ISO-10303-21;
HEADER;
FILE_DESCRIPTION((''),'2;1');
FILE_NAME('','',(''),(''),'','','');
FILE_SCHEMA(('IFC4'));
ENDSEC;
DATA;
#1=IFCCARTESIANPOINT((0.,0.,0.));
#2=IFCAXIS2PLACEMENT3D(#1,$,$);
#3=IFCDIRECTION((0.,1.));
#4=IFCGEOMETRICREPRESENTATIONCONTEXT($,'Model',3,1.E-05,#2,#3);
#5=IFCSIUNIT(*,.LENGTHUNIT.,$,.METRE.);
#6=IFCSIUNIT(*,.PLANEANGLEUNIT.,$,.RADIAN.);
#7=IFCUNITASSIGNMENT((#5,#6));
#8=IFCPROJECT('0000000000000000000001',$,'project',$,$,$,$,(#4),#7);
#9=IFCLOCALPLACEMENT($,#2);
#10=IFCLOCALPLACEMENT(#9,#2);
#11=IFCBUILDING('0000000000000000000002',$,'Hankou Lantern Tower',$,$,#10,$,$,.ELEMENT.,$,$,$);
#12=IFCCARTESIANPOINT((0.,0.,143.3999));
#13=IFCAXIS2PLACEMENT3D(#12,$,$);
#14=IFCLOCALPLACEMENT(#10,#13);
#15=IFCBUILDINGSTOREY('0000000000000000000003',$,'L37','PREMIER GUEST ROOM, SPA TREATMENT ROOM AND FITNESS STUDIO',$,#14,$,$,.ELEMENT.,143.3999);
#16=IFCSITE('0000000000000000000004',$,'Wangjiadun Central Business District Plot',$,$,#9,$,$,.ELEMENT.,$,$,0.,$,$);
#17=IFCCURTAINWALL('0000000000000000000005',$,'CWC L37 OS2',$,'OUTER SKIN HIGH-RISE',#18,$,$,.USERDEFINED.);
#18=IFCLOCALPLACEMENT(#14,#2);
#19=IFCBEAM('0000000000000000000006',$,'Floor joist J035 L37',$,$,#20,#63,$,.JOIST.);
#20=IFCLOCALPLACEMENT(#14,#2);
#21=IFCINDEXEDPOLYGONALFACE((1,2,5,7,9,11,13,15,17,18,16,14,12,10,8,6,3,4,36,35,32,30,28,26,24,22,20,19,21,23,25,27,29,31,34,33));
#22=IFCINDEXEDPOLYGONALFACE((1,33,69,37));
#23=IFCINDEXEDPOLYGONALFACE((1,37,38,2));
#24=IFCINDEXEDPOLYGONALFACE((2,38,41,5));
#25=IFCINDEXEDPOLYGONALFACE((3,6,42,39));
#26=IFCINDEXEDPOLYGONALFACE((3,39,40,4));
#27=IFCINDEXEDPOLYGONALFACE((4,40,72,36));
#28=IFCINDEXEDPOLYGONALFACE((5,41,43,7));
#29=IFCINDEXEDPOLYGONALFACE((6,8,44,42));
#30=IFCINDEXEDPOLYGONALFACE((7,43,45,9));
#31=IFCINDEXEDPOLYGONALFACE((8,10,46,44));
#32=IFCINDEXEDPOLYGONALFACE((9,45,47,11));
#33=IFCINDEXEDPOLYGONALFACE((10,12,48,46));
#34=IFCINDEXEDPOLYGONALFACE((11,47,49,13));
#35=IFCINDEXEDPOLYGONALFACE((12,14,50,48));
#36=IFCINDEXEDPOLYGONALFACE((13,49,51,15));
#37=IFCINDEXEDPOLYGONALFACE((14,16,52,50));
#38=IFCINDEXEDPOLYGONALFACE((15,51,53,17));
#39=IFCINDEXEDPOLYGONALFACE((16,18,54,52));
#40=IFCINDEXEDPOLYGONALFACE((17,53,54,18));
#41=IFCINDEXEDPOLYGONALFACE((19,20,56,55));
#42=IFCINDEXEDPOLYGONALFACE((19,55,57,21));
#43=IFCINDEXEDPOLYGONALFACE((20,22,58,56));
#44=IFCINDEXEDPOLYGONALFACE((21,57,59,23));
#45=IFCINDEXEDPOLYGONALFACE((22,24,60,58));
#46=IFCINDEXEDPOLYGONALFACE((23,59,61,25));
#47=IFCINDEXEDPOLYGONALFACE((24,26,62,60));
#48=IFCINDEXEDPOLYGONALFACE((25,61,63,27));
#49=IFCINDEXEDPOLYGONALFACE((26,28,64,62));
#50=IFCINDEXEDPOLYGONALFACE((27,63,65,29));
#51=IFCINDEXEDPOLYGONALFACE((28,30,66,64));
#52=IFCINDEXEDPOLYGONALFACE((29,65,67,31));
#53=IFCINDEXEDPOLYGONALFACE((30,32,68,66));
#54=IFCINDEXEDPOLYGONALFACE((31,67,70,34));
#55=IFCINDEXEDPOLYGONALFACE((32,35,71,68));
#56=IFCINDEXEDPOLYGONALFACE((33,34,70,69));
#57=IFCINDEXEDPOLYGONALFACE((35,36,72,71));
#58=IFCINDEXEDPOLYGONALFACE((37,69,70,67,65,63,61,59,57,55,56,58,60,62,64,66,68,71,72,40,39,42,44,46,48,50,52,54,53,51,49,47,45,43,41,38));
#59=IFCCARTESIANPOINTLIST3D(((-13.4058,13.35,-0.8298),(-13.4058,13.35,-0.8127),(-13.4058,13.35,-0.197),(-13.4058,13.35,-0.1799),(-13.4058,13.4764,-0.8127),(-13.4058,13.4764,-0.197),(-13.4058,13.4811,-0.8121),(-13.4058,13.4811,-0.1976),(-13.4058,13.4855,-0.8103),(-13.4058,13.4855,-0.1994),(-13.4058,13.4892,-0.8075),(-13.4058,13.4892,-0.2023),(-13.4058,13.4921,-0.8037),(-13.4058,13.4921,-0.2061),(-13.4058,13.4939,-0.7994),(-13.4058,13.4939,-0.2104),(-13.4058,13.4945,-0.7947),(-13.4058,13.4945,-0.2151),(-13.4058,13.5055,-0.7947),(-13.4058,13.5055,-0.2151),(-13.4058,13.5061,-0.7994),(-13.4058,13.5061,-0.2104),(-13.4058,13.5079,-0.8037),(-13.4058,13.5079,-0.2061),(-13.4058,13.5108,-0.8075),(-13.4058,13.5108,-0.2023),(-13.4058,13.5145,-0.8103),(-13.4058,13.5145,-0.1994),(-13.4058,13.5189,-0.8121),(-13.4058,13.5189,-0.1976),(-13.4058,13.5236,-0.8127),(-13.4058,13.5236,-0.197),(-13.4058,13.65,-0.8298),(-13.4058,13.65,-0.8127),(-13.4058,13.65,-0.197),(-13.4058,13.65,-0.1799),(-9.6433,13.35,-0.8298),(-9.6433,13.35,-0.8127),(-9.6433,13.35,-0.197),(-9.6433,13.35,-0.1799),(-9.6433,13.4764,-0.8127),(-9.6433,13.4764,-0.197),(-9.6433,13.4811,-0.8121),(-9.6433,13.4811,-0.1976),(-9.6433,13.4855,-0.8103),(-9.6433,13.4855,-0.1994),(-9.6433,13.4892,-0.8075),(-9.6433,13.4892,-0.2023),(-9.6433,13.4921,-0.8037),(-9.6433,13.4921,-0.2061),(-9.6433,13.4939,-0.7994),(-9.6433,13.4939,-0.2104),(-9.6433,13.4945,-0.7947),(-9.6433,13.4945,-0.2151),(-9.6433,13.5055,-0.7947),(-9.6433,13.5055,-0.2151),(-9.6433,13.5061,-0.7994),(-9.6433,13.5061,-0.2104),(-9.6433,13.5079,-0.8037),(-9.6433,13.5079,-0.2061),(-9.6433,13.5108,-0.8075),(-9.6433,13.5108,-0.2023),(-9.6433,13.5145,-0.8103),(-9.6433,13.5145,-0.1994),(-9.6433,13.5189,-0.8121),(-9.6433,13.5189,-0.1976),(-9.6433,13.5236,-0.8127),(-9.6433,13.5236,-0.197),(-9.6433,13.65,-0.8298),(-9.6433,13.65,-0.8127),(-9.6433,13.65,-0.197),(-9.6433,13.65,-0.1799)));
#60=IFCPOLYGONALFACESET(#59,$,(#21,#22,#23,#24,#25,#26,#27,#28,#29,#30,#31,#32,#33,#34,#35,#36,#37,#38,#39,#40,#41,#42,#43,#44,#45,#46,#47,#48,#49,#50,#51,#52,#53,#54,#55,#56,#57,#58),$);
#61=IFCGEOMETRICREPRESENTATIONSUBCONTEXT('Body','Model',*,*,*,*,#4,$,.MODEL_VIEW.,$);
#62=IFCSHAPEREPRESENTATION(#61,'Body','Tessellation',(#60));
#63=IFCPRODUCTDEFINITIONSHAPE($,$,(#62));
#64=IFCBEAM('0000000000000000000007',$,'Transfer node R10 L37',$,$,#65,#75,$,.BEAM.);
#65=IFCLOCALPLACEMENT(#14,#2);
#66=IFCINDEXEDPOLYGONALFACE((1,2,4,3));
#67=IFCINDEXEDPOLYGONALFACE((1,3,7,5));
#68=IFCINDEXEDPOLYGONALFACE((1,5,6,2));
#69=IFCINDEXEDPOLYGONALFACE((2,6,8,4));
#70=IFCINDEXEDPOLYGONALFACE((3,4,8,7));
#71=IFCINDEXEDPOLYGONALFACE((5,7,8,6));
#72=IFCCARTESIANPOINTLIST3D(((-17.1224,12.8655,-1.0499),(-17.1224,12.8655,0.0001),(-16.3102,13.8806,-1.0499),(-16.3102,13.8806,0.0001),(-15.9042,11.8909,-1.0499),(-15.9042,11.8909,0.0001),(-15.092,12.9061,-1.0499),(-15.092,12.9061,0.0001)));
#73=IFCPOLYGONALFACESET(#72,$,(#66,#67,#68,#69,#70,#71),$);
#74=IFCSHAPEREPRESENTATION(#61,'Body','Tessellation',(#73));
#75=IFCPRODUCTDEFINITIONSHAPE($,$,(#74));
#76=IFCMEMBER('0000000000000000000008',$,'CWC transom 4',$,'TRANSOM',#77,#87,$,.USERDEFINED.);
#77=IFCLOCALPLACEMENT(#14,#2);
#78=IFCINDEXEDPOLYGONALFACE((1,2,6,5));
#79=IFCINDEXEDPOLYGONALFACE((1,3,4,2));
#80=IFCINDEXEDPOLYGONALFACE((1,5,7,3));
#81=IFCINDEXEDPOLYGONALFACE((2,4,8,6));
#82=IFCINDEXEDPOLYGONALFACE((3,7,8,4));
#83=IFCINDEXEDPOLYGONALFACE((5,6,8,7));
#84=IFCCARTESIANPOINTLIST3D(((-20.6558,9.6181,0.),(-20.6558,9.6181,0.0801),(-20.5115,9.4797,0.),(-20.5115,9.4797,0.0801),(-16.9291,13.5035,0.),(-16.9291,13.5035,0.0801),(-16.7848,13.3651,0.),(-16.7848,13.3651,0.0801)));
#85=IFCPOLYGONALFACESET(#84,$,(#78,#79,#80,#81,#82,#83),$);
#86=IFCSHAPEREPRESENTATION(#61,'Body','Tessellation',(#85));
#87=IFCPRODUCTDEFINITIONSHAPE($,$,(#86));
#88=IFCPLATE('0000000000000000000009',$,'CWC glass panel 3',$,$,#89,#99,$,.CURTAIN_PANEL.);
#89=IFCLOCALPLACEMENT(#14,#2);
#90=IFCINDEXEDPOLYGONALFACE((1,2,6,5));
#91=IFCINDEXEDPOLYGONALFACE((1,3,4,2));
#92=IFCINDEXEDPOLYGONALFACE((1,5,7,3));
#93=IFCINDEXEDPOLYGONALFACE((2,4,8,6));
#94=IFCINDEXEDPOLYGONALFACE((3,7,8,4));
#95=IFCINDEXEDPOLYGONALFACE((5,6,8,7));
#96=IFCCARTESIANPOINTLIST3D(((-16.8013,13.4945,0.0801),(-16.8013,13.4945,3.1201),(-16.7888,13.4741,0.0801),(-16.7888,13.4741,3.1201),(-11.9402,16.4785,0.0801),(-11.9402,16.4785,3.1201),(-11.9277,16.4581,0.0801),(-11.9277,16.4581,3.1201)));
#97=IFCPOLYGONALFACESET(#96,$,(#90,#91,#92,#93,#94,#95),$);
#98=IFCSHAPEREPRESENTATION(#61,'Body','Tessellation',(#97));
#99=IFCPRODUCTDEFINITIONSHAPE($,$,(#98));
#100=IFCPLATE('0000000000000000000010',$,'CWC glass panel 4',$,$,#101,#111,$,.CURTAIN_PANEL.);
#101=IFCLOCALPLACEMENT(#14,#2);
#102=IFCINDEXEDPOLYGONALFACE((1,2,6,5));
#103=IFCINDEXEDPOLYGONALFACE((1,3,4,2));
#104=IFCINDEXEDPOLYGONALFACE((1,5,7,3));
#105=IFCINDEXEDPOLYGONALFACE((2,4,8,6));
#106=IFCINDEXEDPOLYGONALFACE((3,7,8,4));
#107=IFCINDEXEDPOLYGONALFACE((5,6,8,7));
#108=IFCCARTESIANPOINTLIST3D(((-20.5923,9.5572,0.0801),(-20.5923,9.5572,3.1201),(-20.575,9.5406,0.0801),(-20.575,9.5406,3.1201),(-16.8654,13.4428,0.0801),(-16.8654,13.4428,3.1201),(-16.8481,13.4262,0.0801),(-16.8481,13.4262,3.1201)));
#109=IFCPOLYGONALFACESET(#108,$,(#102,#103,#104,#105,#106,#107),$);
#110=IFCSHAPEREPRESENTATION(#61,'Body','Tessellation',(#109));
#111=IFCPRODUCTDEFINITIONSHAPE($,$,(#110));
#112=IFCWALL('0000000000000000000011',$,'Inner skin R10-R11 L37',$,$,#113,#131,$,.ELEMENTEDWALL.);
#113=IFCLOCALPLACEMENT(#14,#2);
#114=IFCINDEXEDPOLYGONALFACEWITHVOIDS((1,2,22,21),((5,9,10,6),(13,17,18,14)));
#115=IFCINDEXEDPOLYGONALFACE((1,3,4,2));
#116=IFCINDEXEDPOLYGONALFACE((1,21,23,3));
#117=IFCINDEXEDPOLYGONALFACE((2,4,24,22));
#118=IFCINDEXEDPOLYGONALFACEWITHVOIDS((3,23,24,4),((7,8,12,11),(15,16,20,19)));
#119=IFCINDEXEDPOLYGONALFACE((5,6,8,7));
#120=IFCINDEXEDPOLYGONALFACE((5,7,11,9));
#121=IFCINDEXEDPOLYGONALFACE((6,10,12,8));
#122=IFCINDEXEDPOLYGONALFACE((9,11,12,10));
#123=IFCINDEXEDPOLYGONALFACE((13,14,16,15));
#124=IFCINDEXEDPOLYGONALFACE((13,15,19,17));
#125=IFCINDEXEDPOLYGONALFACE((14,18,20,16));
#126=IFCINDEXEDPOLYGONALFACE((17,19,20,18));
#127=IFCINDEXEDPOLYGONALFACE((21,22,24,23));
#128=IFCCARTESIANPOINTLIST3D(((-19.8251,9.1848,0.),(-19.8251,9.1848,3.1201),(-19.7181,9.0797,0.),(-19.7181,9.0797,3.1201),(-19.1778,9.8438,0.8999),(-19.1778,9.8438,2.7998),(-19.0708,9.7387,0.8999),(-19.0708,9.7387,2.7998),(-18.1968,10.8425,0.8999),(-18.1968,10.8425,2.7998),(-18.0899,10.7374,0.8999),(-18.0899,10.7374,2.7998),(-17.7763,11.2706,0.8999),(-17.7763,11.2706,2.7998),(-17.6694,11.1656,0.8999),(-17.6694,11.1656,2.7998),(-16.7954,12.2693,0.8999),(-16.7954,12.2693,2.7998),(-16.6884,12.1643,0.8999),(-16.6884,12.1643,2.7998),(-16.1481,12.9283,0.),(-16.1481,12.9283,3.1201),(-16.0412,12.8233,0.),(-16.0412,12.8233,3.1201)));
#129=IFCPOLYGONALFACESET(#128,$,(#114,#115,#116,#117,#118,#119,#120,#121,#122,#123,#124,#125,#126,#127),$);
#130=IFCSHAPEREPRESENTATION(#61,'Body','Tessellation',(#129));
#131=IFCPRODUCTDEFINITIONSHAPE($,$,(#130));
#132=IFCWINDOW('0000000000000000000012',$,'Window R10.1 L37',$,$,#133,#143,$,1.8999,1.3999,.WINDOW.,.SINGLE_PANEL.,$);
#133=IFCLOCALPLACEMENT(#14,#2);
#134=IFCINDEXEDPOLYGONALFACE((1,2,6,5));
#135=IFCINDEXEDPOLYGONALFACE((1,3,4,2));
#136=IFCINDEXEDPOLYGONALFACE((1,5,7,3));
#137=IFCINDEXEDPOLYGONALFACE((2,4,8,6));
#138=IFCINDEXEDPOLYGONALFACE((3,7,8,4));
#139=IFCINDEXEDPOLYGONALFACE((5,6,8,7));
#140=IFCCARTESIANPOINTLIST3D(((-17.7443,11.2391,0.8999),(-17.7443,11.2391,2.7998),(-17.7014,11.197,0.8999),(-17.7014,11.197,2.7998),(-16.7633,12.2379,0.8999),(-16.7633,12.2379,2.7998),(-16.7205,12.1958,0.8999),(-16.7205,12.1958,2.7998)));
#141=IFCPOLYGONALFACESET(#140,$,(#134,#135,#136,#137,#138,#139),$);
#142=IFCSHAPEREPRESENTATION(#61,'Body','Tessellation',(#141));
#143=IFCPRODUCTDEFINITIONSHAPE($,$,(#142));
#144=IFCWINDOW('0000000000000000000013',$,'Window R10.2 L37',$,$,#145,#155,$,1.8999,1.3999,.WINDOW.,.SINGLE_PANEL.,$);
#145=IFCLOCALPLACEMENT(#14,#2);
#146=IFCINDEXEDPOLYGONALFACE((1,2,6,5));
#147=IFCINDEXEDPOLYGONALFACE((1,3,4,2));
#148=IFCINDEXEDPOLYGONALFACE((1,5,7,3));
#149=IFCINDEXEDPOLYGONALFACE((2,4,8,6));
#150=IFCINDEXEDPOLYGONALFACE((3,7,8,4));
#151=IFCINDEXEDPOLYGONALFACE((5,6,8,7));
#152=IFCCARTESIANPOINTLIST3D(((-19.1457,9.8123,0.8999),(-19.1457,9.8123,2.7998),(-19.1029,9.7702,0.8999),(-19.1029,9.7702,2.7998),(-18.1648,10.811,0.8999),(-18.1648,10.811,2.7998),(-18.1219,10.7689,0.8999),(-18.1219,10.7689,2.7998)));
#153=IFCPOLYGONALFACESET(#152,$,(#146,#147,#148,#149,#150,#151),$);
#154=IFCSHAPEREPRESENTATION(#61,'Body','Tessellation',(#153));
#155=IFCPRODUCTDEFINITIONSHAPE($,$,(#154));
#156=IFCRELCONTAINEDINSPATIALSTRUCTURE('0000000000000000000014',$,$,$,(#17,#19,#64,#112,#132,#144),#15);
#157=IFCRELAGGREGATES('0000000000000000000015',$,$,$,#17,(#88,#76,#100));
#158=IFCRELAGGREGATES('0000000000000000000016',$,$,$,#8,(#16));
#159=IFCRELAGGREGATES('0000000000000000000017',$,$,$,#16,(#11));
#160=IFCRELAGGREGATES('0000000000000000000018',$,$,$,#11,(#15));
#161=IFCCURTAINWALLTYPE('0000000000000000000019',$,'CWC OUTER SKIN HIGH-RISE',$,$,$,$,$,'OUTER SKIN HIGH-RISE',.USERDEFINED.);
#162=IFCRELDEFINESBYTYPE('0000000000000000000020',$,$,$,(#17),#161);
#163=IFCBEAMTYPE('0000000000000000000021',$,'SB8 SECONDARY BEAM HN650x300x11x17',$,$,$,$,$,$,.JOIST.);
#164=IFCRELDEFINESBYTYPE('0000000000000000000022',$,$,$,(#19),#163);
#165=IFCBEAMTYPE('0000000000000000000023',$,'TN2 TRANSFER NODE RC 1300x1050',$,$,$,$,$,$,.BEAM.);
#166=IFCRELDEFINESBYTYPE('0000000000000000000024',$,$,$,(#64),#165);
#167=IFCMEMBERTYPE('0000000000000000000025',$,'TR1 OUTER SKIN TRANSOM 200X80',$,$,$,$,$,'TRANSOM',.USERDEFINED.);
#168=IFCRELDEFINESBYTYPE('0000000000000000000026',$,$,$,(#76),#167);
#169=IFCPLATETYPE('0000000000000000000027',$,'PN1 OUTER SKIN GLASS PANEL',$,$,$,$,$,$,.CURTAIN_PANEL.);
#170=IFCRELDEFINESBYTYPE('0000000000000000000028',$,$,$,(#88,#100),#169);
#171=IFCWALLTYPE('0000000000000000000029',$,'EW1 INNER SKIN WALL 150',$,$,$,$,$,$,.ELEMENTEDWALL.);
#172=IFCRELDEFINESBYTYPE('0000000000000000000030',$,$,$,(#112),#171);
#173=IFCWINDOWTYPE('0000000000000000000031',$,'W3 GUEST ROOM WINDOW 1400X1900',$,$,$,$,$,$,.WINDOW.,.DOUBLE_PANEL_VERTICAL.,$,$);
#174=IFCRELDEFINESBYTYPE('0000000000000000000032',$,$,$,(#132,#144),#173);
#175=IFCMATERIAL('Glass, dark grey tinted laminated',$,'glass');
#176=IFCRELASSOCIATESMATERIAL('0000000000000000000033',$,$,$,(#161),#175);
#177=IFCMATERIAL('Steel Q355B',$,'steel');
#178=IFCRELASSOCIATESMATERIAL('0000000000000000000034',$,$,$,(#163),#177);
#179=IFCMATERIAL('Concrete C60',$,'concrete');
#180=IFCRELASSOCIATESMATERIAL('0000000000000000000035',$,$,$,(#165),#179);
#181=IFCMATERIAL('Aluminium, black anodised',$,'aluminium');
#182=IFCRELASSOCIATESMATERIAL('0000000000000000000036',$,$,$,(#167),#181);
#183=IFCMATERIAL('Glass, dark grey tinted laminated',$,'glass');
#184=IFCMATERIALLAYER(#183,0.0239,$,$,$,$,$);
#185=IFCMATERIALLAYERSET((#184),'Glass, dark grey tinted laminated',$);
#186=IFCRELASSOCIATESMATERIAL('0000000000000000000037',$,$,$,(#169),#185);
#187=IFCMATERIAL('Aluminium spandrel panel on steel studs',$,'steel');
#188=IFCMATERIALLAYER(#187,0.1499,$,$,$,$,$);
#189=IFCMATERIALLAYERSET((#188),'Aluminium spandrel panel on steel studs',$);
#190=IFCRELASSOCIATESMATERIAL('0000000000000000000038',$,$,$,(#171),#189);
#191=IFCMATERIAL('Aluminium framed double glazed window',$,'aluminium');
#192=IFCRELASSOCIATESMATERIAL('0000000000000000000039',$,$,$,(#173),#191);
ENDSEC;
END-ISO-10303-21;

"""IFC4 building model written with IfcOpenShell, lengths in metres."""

from ifc_helpers import new_model, si_unit, direction, frame, frame_2d, origin, origin_2d, place, context, subcontext, project, spatial, rectangle, i_section, extrude, material, layer, layer_set, material_profile, profile_set, type_object, element, fill, aggregate, save


model = new_model("IFC4")

# Units and contexts
model_context = context("Model", 3, precision=1e-05, world=origin(), true_north=direction((0.0, 1.0)))
body_context = subcontext(model_context, "Body", "Model", "MODEL_VIEW")
ifc_project = project(units=[si_unit("LENGTHUNIT", "METRE"), si_unit("PLANEANGLEUNIT", "RADIAN")], contexts=[model_context])

# Site, building, storey
site_placement = place(None, origin())
site = spatial("IfcSite", under=ifc_project, at=site_placement, Name="Wangjiadun Central Business District Plot", CompositionType="ELEMENT", RefElevation=0.0)
building_placement = place(site_placement, origin())
building = spatial("IfcBuilding", under=site, at=building_placement, Name="Hankou Lantern Tower", CompositionType="ELEMENT")
storey_placement = place(building_placement, frame((0.0, 0.0, 143.3999)))
storey = spatial("IfcBuildingStorey", under=building, at=storey_placement, Name="L37", Description="PREMIER GUEST ROOM, SPA TREATMENT ROOM AND FITNESS STUDIO", CompositionType="ELEMENT", Elevation=143.3999)

# Curtain wall
ifc_material_1 = material(Name="Glass, dark grey tinted laminated", Category="glass")
curtain_wall_type = type_object("IfcCurtainWallType", Name="CWC OUTER SKIN HIGH-RISE", ElementType="OUTER SKIN HIGH-RISE", PredefinedType="USERDEFINED", material=ifc_material_1)
curtain_wall_placement = place(storey_placement, origin())
curtain_wall = element("IfcCurtainWall", 1, at=curtain_wall_placement, inside=storey, type_object=curtain_wall_type, Name="CWC L37 OS2", ObjectType="OUTER SKIN HIGH-RISE", PredefinedType="USERDEFINED")

# Beams
ifc_material_2 = material(Name="Steel Q355B", Category="steel")
ifc_material_profile_1 = material_profile(ifc_material_2, i_section(OverallWidth=0.3, OverallDepth=0.6499, WebThickness=0.011, FlangeThickness=0.0171, FilletRadius=0.0181, at=origin_2d()), Name="HN650x300x11x17")
ifc_profile_set_1 = profile_set([ifc_material_profile_1], Name="Steel Q355B")
beam_type_1 = type_object("IfcBeamType", Name="SB8 SECONDARY BEAM HN650x300x11x17", PredefinedType="JOIST", material=ifc_profile_set_1)
beam_1_placement = place(storey_placement, frame((-13.4058, 13.5, -0.5049), z_axis=(1.0, 0.0, 0.0), x_axis=(0.0, 1.0, 0.0)))
element("IfcBeam", 2, at=beam_1_placement, inside=storey, type_object=beam_type_1, Name="Floor joist J035 L37", PredefinedType="JOIST", context=body_context, shape_type="SweptSolid", body=[
    extrude(i_section(OverallWidth=0.3, OverallDepth=0.6499, WebThickness=0.011, FlangeThickness=0.0171, FilletRadius=0.0181, at=origin_2d()), origin(), (0.0, 0.0, 1.0), 3.7625),
])
ifc_material_3 = material(Name="Concrete C60", Category="concrete")
ifc_material_profile_2 = material_profile(ifc_material_3, rectangle(XDim=1.3, YDim=1.05, at=origin_2d()), Name="RC 1300x1050")
ifc_profile_set_2 = profile_set([ifc_material_profile_2], Name="Concrete C60")
beam_type_2 = type_object("IfcBeamType", Name="TN2 TRANSFER NODE RC 1300x1050", PredefinedType="BEAM", material=ifc_profile_set_2)
beam_2_placement = place(storey_placement, frame((-16.7163, 13.373, -0.5249), z_axis=(0.780869, -0.624695, 0.0), x_axis=(0.624695, 0.780869, 0.0)))
element("IfcBeam", 3, at=beam_2_placement, inside=storey, type_object=beam_type_2, Name="Transfer node R10 L37", PredefinedType="BEAM", context=body_context, shape_type="SweptSolid", body=[
    extrude(rectangle(XDim=1.3, YDim=1.05, at=origin_2d()), origin(), (0.0, 0.0, 1.0), 1.5601),
])

# Member
ifc_material_4 = material(Name="Aluminium, black anodised", Category="aluminium")
ifc_material_profile_3 = material_profile(ifc_material_4, rectangle(XDim=0.2, YDim=0.0801, at=origin_2d()), Name="TR1 200X80")
ifc_profile_set_3 = profile_set([ifc_material_profile_3], Name="Aluminium, black anodised")
member_type_1 = type_object("IfcMemberType", Name="TR1 OUTER SKIN TRANSOM 200X80", ElementType="TRANSOM", PredefinedType="USERDEFINED", material=ifc_profile_set_3)
member_1_placement = place(storey_placement, frame((-16.8569, 13.4343, 0.04), z_axis=(-0.692216, -0.721691, 0.0), x_axis=(0.721691, -0.692216, 0.0)))
member_1 = element("IfcMember", 4, at=member_1_placement, type_object=member_type_1, Name="CWC transom 4", ObjectType="TRANSOM", PredefinedType="USERDEFINED", context=body_context, shape_type="SweptSolid", body=[
    extrude(rectangle(XDim=0.2, YDim=0.0801, at=origin_2d()), origin(), (0.0, 0.0, 1.0), 5.3838),
])

# Plates
ifc_material_5 = material(Name="Glass, dark grey tinted laminated", Category="glass")
ifc_layer_1 = layer(ifc_material_5, 0.0239)
ifc_layer_set_1 = layer_set([ifc_layer_1], Name="Glass, dark grey tinted laminated")
plate_type = type_object("IfcPlateType", Name="PN1 OUTER SKIN GLASS PANEL", PredefinedType="CURTAIN_PANEL", material=ifc_layer_set_1)
plate_1_placement = place(storey_placement, frame((-14.3645, 14.9763, 0.0801), z_axis=(0.0, 0.0, 1.0), x_axis=(-0.852237, -0.523156, 0.0)))
plate_1 = element("IfcPlate", 5, at=plate_1_placement, type_object=plate_type, Name="CWC glass panel 3", PredefinedType="CURTAIN_PANEL", context=body_context, shape_type="SweptSolid", body=[
    extrude(rectangle(XDim=5.7039, YDim=0.0239, at=origin_2d()), origin(), (0.0, 0.0, 1.0), 3.04),
])
plate_2_placement = place(storey_placement, frame((-18.7202, 11.4917, 0.0801), z_axis=(0.0, 0.0, 1.0), x_axis=(-0.692216, -0.721691, 0.0)))
plate_2 = element("IfcPlate", 6, at=plate_2_placement, type_object=plate_type, Name="CWC glass panel 4", PredefinedType="CURTAIN_PANEL", context=body_context, shape_type="SweptSolid", body=[
    extrude(rectangle(XDim=5.384, YDim=0.0239, at=origin_2d()), origin(), (0.0, 0.0, 1.0), 3.04),
])
aggregate(curtain_wall, [plate_1, member_1, plate_2])

# Wall, openings, windows
ifc_material_6 = material(Name="Aluminium spandrel panel on steel studs", Category="steel")
ifc_layer_2 = layer(ifc_material_6, 0.1499)
ifc_layer_set_2 = layer_set([ifc_layer_2], Name="Aluminium spandrel panel on steel studs")
wall_type_1 = type_object("IfcWallType", Name="EW1 INNER SKIN WALL 150", PredefinedType="ELEMENTEDWALL", material=ifc_layer_set_2)
wall_1_placement = place(storey_placement, frame((-16.0947, 12.8757, 0.0), z_axis=(0.0, 0.0, 1.0), x_axis=(-0.700727, -0.713429, 0.0)))
wall_1 = element("IfcWall", 7, at=wall_1_placement, inside=storey, type_object=wall_type_1, Name="Inner skin R10-R11 L37", PredefinedType="ELEMENTEDWALL", context=body_context, shape_type="SweptSolid", body=[
    extrude(rectangle(XDim=5.2473, YDim=0.1499, at=frame_2d((2.6235, 0.0))), origin(), (0.0, 0.0, 1.0), 3.1201),
])
opening_1_placement = place(wall_1_placement, frame((0.9236, 0.0, 0.8999)))
opening_1 = element("IfcOpeningElement", 8, at=opening_1_placement, cuts=wall_1, PredefinedType="OPENING", context=body_context, shape_type="SweptSolid", body=[
    extrude(rectangle(XDim=1.3999, YDim=1.8999, at=frame_2d((0.7, 0.95))), frame((0.0, 0.085, 0.0), z_axis=(0.0, -1.0, 0.0), x_axis=(1.0, 0.0, 0.0)), (0.0, 0.0, 1.0), 0.1699),
])
opening_2_placement = place(wall_1_placement, frame((2.9236, 0.0, 0.8999)))
opening_2 = element("IfcOpeningElement", 9, at=opening_2_placement, cuts=wall_1, PredefinedType="OPENING", context=body_context, shape_type="SweptSolid", body=[
    extrude(rectangle(XDim=1.3999, YDim=1.8999, at=frame_2d((0.7, 0.95))), frame((0.0, 0.085, 0.0), z_axis=(0.0, -1.0, 0.0), x_axis=(1.0, 0.0, 0.0)), (0.0, 0.0, 1.0), 0.1699),
])
ifc_material_7 = material(Name="Aluminium framed double glazed window", Category="aluminium")
window_type = type_object("IfcWindowType", Name="W3 GUEST ROOM WINDOW 1400X1900", PartitioningType="DOUBLE_PANEL_VERTICAL", PredefinedType="WINDOW", material=ifc_material_7)
window_1_placement = place(opening_1_placement, origin())
window_1 = element("IfcWindow", 10, at=window_1_placement, inside=storey, type_object=window_type, Name="Window R10.1 L37", OverallHeight=1.8999, OverallWidth=1.3999, PartitioningType="SINGLE_PANEL", PredefinedType="WINDOW", context=body_context, shape_type="SweptSolid", body=[
    extrude(rectangle(XDim=1.3999, YDim=1.8999, at=frame_2d((0.7, 0.95))), frame((0.0, 0.03, 0.0), z_axis=(0.0, -1.0, 0.0), x_axis=(1.0, 0.0, 0.0)), (0.0, 0.0, 1.0), 0.0601),
])
fill(opening_1, window_1)
window_2_placement = place(opening_2_placement, origin())
window_2 = element("IfcWindow", 11, at=window_2_placement, inside=storey, type_object=window_type, Name="Window R10.2 L37", OverallHeight=1.8999, OverallWidth=1.3999, PartitioningType="SINGLE_PANEL", PredefinedType="WINDOW", context=body_context, shape_type="SweptSolid", body=[
    extrude(rectangle(XDim=1.3999, YDim=1.8999, at=frame_2d((0.7, 0.95))), frame((0.0, 0.03, 0.0), z_axis=(0.0, -1.0, 0.0), x_axis=(1.0, 0.0, 0.0)), (0.0, 0.0, 1.0), 0.0601),
])
fill(opening_2, window_2)

save(model, "model.ifc")
